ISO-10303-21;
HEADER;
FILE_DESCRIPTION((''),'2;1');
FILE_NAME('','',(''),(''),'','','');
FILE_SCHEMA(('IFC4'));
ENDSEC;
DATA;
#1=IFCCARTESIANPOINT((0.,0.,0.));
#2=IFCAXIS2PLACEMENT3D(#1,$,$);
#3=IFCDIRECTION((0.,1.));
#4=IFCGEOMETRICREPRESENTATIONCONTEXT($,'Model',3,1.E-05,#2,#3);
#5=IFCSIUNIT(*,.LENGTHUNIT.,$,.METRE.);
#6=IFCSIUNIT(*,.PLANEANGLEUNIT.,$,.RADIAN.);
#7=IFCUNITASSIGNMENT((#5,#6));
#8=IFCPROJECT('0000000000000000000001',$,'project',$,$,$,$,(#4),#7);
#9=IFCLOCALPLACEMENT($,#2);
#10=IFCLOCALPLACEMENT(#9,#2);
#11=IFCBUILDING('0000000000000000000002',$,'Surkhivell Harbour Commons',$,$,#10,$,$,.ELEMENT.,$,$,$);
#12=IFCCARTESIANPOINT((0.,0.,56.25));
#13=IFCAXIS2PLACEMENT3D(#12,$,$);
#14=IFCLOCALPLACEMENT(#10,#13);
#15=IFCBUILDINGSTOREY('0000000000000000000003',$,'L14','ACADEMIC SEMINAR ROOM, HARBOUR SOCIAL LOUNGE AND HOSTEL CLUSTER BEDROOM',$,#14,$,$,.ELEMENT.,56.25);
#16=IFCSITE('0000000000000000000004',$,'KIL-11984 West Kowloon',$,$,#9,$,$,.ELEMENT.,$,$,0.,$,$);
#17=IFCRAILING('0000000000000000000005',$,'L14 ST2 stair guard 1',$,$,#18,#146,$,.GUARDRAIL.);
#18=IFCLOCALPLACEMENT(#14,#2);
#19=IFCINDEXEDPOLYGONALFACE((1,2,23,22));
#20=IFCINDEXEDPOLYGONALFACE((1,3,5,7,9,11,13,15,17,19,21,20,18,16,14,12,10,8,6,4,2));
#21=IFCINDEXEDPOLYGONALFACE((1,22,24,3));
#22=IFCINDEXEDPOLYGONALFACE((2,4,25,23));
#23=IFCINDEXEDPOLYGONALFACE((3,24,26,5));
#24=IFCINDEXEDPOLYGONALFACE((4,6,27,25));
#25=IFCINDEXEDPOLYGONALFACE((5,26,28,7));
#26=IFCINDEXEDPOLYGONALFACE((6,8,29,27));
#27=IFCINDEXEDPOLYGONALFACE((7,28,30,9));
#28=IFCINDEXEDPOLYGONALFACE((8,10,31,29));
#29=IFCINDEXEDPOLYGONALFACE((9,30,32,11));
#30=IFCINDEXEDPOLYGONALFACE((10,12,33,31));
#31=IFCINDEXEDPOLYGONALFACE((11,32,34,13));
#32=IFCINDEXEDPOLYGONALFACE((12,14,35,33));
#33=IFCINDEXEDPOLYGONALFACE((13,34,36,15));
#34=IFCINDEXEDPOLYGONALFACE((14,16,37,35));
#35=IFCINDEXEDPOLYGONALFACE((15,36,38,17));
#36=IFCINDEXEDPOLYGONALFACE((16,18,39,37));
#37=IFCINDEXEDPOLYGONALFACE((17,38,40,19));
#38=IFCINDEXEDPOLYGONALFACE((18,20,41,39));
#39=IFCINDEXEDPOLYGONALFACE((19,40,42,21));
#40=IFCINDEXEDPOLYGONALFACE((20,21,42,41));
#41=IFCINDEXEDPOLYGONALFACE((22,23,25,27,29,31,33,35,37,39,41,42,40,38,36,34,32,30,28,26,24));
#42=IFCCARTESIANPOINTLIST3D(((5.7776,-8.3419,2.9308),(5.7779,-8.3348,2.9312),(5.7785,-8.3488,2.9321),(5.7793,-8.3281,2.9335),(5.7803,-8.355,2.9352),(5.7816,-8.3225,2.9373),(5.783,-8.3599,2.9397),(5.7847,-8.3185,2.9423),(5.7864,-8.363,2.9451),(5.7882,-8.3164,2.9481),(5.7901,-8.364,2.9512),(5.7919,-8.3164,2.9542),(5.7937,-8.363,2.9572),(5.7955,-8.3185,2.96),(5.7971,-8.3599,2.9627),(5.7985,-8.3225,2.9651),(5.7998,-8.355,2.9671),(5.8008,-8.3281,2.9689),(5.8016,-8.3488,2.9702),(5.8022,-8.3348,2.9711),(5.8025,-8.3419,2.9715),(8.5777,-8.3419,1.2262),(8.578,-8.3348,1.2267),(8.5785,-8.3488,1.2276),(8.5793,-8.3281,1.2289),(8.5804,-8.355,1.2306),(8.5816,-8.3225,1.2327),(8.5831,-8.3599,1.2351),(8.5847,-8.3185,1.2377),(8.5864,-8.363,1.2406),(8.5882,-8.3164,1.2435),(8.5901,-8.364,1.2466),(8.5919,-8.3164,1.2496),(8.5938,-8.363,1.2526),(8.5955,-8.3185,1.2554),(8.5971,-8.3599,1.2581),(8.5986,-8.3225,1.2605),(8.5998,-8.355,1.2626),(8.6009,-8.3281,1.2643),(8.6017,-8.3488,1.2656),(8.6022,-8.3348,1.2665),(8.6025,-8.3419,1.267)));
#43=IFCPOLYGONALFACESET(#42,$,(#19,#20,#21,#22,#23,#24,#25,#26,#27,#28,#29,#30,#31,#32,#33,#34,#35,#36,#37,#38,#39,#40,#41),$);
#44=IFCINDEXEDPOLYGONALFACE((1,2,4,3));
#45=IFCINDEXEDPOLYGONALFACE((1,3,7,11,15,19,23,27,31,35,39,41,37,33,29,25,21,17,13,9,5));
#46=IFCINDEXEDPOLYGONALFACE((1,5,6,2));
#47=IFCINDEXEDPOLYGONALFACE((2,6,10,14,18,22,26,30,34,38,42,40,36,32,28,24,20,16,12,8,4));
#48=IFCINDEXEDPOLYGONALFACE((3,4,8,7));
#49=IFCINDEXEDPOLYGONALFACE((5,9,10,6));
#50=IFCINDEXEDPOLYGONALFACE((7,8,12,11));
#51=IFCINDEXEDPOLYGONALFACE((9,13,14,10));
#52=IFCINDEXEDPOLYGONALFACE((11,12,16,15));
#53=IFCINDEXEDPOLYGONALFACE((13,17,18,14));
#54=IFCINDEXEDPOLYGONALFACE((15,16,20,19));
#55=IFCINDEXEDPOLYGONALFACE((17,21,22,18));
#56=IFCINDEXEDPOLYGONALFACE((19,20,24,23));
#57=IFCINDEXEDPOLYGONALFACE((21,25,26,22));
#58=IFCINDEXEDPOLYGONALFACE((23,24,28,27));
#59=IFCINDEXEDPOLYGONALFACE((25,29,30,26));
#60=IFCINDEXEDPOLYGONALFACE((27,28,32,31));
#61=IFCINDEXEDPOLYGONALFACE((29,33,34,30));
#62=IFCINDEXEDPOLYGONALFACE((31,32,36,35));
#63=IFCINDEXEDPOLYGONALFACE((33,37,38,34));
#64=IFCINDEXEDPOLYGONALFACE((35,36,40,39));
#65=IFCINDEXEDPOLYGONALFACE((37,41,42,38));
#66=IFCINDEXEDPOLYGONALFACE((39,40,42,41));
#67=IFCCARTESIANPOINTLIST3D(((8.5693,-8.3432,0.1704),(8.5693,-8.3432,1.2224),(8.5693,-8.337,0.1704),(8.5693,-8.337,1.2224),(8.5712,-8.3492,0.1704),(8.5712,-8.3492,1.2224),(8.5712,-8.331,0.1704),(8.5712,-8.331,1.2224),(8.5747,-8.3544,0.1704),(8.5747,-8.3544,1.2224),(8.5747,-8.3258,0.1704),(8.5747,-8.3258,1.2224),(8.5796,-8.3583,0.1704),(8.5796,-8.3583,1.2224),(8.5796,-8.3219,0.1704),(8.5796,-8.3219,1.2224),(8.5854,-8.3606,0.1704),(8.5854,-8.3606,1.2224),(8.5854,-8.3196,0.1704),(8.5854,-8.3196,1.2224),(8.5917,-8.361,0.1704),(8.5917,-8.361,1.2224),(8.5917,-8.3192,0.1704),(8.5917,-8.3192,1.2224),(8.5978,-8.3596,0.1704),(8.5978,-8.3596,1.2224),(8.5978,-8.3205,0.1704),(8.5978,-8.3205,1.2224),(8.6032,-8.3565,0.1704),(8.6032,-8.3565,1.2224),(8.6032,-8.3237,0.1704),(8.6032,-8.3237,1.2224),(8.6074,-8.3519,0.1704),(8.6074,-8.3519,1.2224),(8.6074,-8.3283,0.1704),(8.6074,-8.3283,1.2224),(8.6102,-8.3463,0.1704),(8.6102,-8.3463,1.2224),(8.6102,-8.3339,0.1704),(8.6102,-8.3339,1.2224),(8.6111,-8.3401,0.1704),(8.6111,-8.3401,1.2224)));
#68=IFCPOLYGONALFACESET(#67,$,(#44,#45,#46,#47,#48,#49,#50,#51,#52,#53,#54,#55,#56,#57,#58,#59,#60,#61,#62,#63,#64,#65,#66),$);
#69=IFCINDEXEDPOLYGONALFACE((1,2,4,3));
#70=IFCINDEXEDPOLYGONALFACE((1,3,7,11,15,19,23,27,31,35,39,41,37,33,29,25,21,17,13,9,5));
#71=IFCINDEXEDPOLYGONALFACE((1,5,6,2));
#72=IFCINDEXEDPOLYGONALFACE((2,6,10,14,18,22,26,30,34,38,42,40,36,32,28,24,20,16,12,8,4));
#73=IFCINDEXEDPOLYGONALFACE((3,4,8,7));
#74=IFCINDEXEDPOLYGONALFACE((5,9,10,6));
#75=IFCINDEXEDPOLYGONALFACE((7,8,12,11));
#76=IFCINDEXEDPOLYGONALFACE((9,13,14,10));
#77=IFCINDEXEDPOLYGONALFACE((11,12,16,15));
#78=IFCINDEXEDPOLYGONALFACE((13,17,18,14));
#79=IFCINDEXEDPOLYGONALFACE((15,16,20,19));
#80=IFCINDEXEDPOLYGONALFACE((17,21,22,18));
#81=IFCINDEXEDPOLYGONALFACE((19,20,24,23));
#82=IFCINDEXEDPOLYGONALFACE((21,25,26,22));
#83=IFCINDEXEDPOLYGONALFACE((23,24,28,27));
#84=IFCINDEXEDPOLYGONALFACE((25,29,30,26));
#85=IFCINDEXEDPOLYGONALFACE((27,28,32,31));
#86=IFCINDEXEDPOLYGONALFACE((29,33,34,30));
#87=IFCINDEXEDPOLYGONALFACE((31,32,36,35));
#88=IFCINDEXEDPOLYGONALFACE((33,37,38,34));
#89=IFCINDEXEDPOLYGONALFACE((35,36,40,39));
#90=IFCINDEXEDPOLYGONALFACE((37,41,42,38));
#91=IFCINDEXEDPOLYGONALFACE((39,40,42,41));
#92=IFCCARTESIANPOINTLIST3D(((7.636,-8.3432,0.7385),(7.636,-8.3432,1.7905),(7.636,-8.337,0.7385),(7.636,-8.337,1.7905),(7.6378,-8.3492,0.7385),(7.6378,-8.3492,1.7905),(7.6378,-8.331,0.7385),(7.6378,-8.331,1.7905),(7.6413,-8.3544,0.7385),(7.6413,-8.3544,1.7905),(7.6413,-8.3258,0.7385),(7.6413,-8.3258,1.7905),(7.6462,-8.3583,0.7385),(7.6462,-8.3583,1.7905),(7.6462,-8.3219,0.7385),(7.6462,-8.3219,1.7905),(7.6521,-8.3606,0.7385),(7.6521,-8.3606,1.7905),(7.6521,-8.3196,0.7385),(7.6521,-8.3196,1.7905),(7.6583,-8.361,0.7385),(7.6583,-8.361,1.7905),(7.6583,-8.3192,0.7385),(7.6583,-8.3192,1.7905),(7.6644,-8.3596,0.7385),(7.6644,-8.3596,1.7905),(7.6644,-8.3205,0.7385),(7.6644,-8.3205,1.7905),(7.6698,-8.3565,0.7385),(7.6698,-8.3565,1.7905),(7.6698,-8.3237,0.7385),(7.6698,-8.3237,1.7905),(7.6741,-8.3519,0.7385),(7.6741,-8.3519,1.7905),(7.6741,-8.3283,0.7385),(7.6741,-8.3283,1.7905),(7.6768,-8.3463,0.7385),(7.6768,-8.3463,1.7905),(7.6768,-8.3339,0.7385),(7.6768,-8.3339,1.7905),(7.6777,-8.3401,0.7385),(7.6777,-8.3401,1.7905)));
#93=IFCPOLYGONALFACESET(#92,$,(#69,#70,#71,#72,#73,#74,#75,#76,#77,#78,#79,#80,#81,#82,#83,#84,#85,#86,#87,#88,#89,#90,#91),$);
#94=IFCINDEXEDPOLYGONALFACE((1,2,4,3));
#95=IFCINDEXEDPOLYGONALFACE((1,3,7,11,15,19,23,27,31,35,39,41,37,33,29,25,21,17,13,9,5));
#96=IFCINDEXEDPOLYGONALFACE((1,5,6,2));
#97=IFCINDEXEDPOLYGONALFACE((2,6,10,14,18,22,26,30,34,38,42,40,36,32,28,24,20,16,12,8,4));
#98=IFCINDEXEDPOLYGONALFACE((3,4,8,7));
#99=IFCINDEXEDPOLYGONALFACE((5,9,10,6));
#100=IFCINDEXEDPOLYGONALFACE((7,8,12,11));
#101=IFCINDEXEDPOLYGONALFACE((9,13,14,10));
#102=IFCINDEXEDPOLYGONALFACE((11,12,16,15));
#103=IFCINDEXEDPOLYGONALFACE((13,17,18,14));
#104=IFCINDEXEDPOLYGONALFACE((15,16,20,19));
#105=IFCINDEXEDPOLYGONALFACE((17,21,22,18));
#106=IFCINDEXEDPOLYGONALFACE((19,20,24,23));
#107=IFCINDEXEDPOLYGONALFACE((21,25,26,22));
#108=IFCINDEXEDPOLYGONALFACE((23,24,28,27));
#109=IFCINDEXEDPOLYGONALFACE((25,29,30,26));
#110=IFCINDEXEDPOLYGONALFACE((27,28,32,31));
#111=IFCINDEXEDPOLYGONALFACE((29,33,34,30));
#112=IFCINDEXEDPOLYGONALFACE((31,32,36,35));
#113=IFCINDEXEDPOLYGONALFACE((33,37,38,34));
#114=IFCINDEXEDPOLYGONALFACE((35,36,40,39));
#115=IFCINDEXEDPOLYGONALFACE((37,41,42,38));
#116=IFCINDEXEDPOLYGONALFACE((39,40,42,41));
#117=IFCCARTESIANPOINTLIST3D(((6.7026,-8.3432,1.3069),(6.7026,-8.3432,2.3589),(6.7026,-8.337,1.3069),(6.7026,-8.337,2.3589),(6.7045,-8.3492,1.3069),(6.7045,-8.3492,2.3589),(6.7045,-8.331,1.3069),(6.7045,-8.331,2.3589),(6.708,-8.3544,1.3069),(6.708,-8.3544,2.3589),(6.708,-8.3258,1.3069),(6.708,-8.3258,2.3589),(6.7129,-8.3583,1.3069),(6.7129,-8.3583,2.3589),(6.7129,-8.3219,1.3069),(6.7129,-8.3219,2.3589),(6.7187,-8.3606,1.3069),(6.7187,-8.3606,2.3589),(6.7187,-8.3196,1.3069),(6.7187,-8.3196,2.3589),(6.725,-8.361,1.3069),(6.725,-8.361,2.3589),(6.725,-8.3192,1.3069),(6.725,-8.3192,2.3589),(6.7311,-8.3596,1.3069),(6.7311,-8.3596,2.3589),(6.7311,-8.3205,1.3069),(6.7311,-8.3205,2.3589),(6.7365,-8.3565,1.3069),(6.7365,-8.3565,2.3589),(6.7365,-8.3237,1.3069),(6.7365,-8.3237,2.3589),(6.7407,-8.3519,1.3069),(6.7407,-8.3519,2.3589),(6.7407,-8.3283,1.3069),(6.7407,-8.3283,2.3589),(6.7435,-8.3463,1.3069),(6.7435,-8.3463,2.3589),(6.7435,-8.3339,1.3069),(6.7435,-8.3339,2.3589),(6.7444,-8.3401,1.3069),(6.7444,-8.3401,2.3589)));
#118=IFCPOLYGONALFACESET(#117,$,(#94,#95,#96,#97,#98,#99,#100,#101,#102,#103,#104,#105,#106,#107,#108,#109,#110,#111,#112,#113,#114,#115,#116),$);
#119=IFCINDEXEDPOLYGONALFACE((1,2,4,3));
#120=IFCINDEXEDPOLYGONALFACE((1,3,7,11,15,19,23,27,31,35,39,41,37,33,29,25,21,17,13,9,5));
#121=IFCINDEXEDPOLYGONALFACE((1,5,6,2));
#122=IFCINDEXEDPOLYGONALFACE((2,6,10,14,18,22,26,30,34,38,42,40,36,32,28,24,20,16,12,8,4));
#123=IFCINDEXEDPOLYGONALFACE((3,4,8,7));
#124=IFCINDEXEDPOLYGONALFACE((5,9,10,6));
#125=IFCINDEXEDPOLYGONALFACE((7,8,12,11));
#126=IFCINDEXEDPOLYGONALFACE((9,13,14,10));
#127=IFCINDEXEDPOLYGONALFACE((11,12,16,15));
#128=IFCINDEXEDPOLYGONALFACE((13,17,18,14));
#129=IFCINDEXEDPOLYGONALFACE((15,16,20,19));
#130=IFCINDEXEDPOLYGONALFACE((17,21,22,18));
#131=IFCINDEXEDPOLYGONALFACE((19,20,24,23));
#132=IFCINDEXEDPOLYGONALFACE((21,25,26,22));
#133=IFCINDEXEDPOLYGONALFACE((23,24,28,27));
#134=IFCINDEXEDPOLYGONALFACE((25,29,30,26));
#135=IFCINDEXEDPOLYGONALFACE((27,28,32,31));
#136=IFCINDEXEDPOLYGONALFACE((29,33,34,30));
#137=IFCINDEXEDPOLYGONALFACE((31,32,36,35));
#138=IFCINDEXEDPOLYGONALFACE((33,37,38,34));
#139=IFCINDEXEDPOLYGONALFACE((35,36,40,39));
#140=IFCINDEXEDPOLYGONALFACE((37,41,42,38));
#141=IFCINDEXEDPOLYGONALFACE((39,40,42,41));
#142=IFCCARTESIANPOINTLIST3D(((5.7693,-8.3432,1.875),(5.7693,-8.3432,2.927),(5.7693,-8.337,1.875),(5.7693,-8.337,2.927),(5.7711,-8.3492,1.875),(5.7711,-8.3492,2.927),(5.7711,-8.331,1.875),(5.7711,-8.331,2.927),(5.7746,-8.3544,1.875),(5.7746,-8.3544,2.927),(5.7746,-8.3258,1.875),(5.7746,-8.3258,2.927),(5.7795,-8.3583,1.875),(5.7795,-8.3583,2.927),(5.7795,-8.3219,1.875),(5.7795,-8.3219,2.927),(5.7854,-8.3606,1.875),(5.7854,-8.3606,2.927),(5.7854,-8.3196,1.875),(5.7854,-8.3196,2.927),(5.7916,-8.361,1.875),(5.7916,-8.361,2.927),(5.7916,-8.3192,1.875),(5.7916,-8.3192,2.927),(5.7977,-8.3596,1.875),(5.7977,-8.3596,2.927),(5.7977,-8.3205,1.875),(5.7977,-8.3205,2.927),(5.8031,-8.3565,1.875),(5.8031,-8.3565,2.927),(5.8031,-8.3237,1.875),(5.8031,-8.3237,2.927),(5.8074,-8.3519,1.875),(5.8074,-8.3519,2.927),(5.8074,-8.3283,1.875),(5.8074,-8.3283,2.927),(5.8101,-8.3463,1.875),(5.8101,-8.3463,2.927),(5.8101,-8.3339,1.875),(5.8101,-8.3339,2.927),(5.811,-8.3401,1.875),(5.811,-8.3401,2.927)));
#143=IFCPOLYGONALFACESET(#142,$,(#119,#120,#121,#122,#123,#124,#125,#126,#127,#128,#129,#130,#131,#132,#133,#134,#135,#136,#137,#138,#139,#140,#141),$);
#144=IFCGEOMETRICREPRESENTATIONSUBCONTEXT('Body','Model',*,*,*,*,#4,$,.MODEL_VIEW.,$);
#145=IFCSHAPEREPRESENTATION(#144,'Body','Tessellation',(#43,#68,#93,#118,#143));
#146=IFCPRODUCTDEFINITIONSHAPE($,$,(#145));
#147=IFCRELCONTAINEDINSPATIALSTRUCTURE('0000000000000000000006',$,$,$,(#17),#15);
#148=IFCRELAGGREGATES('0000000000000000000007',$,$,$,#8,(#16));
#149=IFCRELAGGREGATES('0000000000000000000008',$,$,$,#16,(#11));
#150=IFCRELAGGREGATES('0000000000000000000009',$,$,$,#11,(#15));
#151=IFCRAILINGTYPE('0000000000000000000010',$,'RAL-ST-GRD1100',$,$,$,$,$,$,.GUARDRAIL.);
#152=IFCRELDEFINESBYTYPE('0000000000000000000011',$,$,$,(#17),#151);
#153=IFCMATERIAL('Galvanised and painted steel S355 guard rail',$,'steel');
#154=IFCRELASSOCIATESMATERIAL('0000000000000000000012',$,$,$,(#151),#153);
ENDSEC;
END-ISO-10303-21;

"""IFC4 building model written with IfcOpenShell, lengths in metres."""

from ifc_helpers import new_model, si_unit, direction, frame, origin, origin_2d, place, context, subcontext, project, spatial, circle, extrude, material, type_object, element, save


model = new_model("IFC4")

# Units and contexts
model_context = context("Model", 3, precision=1e-05, world=origin(), true_north=direction((0.0, 1.0)))
body_context = subcontext(model_context, "Body", "Model", "MODEL_VIEW")
ifc_project = project(units=[si_unit("LENGTHUNIT", "METRE"), si_unit("PLANEANGLEUNIT", "RADIAN")], contexts=[model_context])

# Site, building, storey
site_placement = place(None, origin())
site = spatial("IfcSite", under=ifc_project, at=site_placement, Name="KIL-11984 West Kowloon", CompositionType="ELEMENT", RefElevation=0.0)
building_placement = place(site_placement, origin())
building = spatial("IfcBuilding", under=site, at=building_placement, Name="Surkhivell Harbour Commons", CompositionType="ELEMENT")
storey_placement = place(building_placement, frame((0.0, 0.0, 56.25)))
storey = spatial("IfcBuildingStorey", under=building, at=storey_placement, Name="L14", Description="ACADEMIC SEMINAR ROOM, HARBOUR SOCIAL LOUNGE AND HOSTEL CLUSTER BEDROOM", CompositionType="ELEMENT", Elevation=56.25)

# Railing
ifc_material_1 = material(Name="Galvanised and painted steel S355 guard rail", Category="steel")
railing_type_1 = type_object("IfcRailingType", Name="RAL-ST-GRD1100", PredefinedType="GUARDRAIL", material=ifc_material_1)
railing_1_placement = place(storey_placement, frame((8.5901, -8.3401, 0.1704)))
element("IfcRailing", 1, at=railing_1_placement, inside=storey, type_object=railing_type_1, Name="L14 ST2 stair guard 1", PredefinedType="GUARDRAIL", context=body_context, shape_type="SweptSolid", body=[
    extrude(circle(Radius=0.0239, at=origin_2d()), frame((0.0, 0.0, 1.0762), z_axis=(-0.85417, 0.0, 0.519994), x_axis=(0.0, -1.0, 0.0)), (0.0, 0.0, 1.0), 3.2781),
    extrude(circle(Radius=0.021, at=origin_2d()), origin(), (0.0, 0.0, 1.0), 1.052),
    extrude(circle(Radius=0.021, at=origin_2d()), frame((-0.9333, 0.0, 0.5681)), (0.0, 0.0, 1.0), 1.052),
    extrude(circle(Radius=0.021, at=origin_2d()), frame((-1.8667, 0.0, 1.1365)), (0.0, 0.0, 1.0), 1.052),
    extrude(circle(Radius=0.021, at=origin_2d()), frame((-2.8, 0.0, 1.7046)), (0.0, 0.0, 1.0), 1.052),
])

save(model, "model.ifc")
